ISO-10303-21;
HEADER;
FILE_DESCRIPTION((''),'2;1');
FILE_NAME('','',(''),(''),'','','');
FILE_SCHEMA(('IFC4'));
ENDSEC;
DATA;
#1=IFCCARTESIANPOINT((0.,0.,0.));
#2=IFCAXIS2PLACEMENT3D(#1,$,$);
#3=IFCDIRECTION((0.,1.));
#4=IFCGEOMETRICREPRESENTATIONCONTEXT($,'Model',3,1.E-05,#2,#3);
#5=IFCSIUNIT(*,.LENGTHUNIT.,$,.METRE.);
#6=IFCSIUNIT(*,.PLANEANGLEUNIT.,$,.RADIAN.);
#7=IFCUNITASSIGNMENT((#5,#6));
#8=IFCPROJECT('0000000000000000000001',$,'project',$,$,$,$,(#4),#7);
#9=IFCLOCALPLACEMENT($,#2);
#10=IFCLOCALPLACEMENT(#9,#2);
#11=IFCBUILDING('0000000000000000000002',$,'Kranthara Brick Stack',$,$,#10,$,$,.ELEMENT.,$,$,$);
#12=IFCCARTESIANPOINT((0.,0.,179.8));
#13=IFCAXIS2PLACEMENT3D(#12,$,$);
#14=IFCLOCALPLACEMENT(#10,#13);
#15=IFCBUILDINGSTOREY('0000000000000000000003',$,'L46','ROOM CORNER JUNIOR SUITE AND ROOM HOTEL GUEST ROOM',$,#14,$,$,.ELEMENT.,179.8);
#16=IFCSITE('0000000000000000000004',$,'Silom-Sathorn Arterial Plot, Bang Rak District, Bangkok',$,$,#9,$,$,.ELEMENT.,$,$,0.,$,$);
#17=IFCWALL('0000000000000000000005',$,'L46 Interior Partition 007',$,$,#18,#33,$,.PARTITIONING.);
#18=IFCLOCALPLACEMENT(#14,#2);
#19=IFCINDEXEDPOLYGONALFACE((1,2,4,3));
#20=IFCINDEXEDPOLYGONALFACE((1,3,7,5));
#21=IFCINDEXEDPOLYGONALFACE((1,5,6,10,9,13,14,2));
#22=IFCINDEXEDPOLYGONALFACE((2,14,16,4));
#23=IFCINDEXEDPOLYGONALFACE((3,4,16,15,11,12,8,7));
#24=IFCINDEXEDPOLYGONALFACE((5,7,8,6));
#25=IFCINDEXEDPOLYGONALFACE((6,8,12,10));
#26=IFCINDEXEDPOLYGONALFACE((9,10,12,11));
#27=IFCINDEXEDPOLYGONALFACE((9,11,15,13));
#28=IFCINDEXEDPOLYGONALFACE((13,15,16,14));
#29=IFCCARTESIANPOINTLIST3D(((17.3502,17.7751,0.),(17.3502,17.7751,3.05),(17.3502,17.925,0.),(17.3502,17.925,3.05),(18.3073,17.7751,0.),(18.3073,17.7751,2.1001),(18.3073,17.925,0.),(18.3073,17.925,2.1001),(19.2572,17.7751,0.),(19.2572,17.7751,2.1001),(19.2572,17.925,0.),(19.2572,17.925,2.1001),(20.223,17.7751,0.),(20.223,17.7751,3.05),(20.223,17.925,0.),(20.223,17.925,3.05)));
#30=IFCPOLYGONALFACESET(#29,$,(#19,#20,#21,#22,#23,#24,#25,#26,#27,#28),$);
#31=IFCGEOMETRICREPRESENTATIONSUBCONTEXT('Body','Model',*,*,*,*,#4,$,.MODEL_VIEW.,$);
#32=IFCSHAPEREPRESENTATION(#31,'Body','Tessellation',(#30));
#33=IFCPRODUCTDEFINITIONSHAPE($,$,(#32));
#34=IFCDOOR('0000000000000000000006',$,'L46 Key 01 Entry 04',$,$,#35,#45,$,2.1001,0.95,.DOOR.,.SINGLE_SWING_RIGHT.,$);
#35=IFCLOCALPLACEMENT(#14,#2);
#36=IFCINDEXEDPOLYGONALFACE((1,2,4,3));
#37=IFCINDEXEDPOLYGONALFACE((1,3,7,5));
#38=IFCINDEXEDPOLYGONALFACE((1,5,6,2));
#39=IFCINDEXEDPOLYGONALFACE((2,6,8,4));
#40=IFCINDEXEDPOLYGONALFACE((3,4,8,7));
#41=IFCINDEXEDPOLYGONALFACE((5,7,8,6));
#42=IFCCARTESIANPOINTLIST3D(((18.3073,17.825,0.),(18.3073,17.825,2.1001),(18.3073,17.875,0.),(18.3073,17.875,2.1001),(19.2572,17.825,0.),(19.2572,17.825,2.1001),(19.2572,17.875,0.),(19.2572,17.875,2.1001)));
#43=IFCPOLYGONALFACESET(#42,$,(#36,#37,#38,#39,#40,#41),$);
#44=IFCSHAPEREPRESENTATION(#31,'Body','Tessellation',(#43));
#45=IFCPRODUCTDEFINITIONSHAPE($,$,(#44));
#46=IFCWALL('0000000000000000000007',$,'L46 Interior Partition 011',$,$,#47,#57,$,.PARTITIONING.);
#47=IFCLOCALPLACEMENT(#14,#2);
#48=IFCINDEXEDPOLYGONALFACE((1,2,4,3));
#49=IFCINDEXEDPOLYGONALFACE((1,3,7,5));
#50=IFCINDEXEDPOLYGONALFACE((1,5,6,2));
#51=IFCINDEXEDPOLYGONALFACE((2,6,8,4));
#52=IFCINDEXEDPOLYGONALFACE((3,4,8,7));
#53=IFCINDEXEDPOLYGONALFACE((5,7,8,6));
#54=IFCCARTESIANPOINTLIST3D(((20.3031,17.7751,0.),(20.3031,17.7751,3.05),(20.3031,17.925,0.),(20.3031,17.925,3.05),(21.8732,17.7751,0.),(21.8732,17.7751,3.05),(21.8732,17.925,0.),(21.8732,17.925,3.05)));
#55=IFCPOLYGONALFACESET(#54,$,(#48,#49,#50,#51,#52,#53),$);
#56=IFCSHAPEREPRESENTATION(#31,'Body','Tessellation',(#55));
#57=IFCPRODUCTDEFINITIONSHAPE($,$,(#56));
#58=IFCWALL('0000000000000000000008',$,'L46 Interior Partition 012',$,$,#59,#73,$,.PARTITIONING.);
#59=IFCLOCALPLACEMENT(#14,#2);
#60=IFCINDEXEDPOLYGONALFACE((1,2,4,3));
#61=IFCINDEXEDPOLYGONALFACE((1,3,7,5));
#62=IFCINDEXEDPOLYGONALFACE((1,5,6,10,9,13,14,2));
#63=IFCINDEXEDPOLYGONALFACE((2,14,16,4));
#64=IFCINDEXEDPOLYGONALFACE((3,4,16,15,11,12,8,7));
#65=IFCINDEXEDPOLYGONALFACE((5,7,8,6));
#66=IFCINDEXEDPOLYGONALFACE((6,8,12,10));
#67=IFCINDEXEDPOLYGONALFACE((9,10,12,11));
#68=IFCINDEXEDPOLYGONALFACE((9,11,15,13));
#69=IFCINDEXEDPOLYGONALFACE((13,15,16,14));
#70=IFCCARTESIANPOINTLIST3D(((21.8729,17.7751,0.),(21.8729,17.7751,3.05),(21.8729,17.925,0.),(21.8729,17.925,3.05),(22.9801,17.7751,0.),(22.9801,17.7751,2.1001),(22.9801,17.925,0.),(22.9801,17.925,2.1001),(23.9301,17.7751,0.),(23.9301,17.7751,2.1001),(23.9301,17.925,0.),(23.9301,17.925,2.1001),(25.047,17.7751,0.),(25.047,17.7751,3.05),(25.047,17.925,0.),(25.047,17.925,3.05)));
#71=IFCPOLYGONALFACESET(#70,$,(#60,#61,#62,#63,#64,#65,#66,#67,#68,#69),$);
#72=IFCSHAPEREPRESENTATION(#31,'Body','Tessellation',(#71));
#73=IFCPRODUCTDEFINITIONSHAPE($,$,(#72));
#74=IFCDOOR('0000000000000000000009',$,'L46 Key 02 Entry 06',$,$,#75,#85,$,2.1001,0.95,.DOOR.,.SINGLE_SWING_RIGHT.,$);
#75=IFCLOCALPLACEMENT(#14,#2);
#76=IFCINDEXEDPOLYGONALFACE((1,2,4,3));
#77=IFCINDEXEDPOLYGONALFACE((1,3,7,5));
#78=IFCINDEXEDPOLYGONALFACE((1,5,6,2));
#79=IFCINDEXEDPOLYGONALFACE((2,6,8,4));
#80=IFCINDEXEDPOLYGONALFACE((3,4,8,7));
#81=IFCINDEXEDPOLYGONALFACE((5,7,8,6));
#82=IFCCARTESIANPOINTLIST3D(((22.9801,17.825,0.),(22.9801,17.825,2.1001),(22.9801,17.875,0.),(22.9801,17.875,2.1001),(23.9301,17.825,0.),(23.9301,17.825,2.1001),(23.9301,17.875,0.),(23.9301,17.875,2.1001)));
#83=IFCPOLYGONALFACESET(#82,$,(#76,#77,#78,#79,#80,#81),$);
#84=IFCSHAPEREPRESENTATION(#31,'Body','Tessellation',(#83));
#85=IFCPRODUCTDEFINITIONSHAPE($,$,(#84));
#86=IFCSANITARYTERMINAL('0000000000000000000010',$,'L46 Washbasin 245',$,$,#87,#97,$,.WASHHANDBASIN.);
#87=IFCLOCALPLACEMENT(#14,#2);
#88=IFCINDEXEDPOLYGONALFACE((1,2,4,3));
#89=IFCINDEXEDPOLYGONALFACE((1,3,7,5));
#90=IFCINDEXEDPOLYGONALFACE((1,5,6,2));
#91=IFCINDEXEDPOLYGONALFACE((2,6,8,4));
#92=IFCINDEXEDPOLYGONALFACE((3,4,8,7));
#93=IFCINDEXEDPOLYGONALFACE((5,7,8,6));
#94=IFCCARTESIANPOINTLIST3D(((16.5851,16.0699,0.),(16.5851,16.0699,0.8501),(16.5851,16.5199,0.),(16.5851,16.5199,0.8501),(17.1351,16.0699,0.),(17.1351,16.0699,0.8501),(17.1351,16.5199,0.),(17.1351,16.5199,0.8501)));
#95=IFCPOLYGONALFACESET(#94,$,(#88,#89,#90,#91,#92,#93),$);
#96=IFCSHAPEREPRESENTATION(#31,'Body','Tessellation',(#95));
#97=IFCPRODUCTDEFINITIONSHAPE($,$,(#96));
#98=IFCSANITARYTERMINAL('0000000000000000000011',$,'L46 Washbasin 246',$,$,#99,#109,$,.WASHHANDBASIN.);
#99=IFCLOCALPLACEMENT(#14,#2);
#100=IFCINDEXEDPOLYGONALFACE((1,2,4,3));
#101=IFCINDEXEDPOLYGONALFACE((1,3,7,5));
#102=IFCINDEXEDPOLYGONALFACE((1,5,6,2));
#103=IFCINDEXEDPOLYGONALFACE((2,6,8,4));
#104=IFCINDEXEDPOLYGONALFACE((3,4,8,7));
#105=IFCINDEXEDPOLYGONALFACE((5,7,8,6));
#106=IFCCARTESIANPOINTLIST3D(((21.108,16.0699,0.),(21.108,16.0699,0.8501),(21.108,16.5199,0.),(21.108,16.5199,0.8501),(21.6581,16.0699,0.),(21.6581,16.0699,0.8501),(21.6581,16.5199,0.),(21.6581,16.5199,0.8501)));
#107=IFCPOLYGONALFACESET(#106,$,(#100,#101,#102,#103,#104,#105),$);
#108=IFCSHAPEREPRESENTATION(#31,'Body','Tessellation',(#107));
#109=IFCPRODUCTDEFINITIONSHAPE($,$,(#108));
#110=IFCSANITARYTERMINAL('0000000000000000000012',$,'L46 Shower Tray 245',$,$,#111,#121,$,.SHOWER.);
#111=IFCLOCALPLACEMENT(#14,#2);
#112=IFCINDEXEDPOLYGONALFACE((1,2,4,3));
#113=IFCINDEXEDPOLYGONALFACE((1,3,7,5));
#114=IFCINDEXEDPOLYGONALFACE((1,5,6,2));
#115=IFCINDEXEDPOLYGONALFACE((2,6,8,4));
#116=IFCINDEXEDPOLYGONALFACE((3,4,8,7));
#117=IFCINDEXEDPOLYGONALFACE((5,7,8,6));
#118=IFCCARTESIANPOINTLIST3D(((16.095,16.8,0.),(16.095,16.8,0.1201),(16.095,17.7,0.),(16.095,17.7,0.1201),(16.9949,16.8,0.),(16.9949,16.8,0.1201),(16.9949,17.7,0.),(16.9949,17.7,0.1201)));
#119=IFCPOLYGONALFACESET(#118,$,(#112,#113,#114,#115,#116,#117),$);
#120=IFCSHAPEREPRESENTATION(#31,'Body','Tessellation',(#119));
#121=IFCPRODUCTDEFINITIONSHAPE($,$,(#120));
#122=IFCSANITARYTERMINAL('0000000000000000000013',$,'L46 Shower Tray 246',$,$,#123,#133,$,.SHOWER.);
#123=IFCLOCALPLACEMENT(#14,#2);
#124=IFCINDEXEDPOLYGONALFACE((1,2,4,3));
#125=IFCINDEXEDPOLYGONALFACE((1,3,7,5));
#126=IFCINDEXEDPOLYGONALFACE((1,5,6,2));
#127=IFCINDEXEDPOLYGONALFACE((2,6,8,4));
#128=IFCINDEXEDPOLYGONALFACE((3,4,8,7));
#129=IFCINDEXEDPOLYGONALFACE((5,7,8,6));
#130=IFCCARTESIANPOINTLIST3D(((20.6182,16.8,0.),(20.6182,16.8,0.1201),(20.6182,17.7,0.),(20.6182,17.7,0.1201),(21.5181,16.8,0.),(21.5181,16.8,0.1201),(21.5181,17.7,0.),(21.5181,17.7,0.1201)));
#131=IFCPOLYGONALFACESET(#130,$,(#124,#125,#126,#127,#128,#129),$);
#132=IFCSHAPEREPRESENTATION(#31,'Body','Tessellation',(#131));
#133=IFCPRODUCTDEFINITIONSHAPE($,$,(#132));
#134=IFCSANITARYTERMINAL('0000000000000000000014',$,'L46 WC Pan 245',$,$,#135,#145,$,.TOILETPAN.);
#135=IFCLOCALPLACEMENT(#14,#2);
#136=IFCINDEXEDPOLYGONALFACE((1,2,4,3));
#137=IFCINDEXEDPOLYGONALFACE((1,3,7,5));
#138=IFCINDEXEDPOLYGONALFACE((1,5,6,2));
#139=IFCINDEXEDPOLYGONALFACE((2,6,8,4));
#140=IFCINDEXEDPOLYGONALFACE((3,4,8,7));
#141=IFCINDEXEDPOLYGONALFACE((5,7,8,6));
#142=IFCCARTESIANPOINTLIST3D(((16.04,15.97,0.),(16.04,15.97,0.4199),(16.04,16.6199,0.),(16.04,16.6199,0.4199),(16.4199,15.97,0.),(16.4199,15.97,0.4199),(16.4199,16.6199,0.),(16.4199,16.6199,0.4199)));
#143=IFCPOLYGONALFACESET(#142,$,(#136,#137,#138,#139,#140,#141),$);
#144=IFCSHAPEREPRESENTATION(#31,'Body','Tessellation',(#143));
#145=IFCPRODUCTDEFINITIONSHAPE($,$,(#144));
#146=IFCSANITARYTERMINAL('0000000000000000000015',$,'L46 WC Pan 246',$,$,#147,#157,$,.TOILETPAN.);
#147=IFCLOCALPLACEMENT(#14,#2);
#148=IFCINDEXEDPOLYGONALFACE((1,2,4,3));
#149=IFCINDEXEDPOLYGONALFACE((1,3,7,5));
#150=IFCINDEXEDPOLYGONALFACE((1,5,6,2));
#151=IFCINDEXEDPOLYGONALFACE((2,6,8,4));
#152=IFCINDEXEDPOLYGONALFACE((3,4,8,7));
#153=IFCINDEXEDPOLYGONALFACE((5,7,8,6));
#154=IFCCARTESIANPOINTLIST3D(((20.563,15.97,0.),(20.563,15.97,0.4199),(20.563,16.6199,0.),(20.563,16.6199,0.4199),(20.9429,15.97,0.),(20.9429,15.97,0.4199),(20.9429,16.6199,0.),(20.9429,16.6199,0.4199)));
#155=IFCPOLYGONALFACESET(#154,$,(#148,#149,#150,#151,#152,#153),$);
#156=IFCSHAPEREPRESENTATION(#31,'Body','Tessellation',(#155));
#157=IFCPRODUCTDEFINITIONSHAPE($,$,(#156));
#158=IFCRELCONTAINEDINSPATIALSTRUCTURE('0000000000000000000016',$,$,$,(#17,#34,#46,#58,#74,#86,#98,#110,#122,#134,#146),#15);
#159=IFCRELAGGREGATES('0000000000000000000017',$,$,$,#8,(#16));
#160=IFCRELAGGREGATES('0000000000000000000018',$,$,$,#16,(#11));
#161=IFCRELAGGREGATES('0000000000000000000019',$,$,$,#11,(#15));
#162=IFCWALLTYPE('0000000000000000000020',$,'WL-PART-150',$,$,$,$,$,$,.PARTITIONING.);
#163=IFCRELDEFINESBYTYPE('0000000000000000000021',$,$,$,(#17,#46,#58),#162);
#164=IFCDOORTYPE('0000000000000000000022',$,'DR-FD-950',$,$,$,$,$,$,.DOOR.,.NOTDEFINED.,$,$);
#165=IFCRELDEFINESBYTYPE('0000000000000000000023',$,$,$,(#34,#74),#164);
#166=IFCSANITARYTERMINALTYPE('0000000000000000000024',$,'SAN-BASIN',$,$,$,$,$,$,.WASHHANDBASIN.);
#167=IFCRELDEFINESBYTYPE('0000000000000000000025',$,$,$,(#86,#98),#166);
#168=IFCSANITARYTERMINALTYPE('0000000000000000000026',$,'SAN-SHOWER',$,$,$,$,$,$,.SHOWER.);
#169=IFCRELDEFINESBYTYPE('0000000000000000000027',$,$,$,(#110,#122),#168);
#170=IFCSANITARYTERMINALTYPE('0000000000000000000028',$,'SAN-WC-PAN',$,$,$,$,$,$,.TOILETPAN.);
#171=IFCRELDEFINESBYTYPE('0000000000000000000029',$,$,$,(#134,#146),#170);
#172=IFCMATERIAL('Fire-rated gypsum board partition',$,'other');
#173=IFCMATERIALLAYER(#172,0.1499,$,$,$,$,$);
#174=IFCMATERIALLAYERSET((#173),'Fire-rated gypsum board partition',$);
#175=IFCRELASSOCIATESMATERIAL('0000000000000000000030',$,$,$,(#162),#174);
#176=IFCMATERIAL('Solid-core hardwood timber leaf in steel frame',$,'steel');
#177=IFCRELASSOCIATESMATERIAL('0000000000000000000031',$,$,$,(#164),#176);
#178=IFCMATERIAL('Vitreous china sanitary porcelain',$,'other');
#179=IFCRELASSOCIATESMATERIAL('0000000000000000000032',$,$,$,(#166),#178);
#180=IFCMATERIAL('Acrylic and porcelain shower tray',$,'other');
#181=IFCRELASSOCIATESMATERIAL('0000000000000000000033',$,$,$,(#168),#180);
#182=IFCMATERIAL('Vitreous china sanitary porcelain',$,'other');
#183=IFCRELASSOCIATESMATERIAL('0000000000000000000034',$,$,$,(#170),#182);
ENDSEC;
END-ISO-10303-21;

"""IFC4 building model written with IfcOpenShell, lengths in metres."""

from ifc_helpers import new_model, si_unit, direction, frame, frame_2d, origin, origin_2d, place, context, subcontext, project, spatial, rectangle, extrude, material, layer, layer_set, type_object, element, fill, save


model = new_model("IFC4")

# Units and contexts
model_context = context("Model", 3, precision=1e-05, world=origin(), true_north=direction((0.0, 1.0)))
body_context = subcontext(model_context, "Body", "Model", "MODEL_VIEW")
ifc_project = project(units=[si_unit("LENGTHUNIT", "METRE"), si_unit("PLANEANGLEUNIT", "RADIAN")], contexts=[model_context])

# Site, building, storey
site_placement = place(None, origin())
site = spatial("IfcSite", under=ifc_project, at=site_placement, Name="Silom-Sathorn Arterial Plot, Bang Rak District, Bangkok", CompositionType="ELEMENT", RefElevation=0.0)
building_placement = place(site_placement, origin())
building = spatial("IfcBuilding", under=site, at=building_placement, Name="Kranthara Brick Stack", CompositionType="ELEMENT")
storey_placement = place(building_placement, frame((0.0, 0.0, 179.8)))
storey = spatial("IfcBuildingStorey", under=building, at=storey_placement, Name="L46", Description="ROOM CORNER JUNIOR SUITE AND ROOM HOTEL GUEST ROOM", CompositionType="ELEMENT", Elevation=179.8)

# Shared definitions
ifc_material_1 = material(Name="Fire-rated gypsum board partition", Category="other")
ifc_layer_1 = layer(ifc_material_1, 0.1499)
ifc_layer_set_1 = layer_set([ifc_layer_1], Name="Fire-rated gypsum board partition")
wall_type_1 = type_object("IfcWallType", Name="WL-PART-150", PredefinedType="PARTITIONING", material=ifc_layer_set_1)

# Wall, opening, door
wall_1_placement = place(storey_placement, frame((17.3501, 17.8501, 0.0), z_axis=(0.0, 0.0, 1.0), x_axis=(1.0, 0.0, 0.0)))
wall_1 = element("IfcWall", 1, at=wall_1_placement, inside=storey, type_object=wall_type_1, Name="L46 Interior Partition 007", PredefinedType="PARTITIONING", context=body_context, shape_type="SweptSolid", body=[
    extrude(rectangle(XDim=2.8728, YDim=0.1499, at=frame_2d((1.4365, 0.0))), origin(), (0.0, 0.0, 1.0), 3.05),
])
opening_1_placement = place(wall_1_placement, frame((0.957, 0.0, 0.0)))
opening_1 = element("IfcOpeningElement", 2, at=opening_1_placement, cuts=wall_1, PredefinedType="OPENING", context=body_context, shape_type="SweptSolid", body=[
    extrude(rectangle(XDim=0.95, YDim=2.1001, at=frame_2d((0.4751, 1.05))), frame((0.0, 0.085, 0.0), z_axis=(0.0, -1.0, 0.0), x_axis=(1.0, 0.0, 0.0)), (0.0, 0.0, 1.0), 0.1699),
])
ifc_material_2 = material(Name="Solid-core hardwood timber leaf in steel frame", Category="steel")
door_type_1 = type_object("IfcDoorType", Name="DR-FD-950", OperationType="NOTDEFINED", PredefinedType="DOOR", material=ifc_material_2)
door_1_placement = place(opening_1_placement, origin())
door_1 = element("IfcDoor", 3, at=door_1_placement, inside=storey, type_object=door_type_1, Name="L46 Key 01 Entry 04", OperationType="SINGLE_SWING_RIGHT", OverallHeight=2.1001, OverallWidth=0.95, PredefinedType="DOOR", context=body_context, shape_type="SweptSolid", body=[
    extrude(rectangle(XDim=0.95, YDim=2.1001, at=frame_2d((0.4751, 1.05))), frame((0.0, 0.0249, 0.0), z_axis=(0.0, -1.0, 0.0), x_axis=(1.0, 0.0, 0.0)), (0.0, 0.0, 1.0), 0.05),
])
fill(opening_1, door_1)

# Wall
wall_2_placement = place(storey_placement, frame((20.303, 17.8501, 0.0), z_axis=(0.0, 0.0, 1.0), x_axis=(1.0, 0.0, 0.0)))
element("IfcWall", 4, at=wall_2_placement, inside=storey, type_object=wall_type_1, Name="L46 Interior Partition 011", PredefinedType="PARTITIONING", context=body_context, shape_type="SweptSolid", body=[
    extrude(rectangle(XDim=1.5701, YDim=0.1499, at=frame_2d((0.7852, 0.0))), origin(), (0.0, 0.0, 1.0), 3.05),
])

# Wall, opening, door
wall_3_placement = place(storey_placement, frame((21.873, 17.8501, 0.0), z_axis=(0.0, 0.0, 1.0), x_axis=(1.0, 0.0, 0.0)))
wall_3 = element("IfcWall", 5, at=wall_3_placement, inside=storey, type_object=wall_type_1, Name="L46 Interior Partition 012", PredefinedType="PARTITIONING", context=body_context, shape_type="SweptSolid", body=[
    extrude(rectangle(XDim=3.1741, YDim=0.1499, at=frame_2d((1.5869, 0.0))), origin(), (0.0, 0.0, 1.0), 3.05),
])
opening_2_placement = place(wall_3_placement, frame((1.1069, 0.0, 0.0)))
opening_2 = element("IfcOpeningElement", 6, at=opening_2_placement, cuts=wall_3, PredefinedType="OPENING", context=body_context, shape_type="SweptSolid", body=[
    extrude(rectangle(XDim=0.95, YDim=2.1001, at=frame_2d((0.4751, 1.05))), frame((0.0, 0.085, 0.0), z_axis=(0.0, -1.0, 0.0), x_axis=(1.0, 0.0, 0.0)), (0.0, 0.0, 1.0), 0.1699),
])
door_2_placement = place(opening_2_placement, origin())
door_2 = element("IfcDoor", 7, at=door_2_placement, inside=storey, type_object=door_type_1, Name="L46 Key 02 Entry 06", OperationType="SINGLE_SWING_RIGHT", OverallHeight=2.1001, OverallWidth=0.95, PredefinedType="DOOR", context=body_context, shape_type="SweptSolid", body=[
    extrude(rectangle(XDim=0.95, YDim=2.1001, at=frame_2d((0.4751, 1.05))), frame((0.0, 0.0249, 0.0), z_axis=(0.0, -1.0, 0.0), x_axis=(1.0, 0.0, 0.0)), (0.0, 0.0, 1.0), 0.05),
])
fill(opening_2, door_2)

# Sanitary terminals
ifc_material_3 = material(Name="Vitreous china sanitary porcelain", Category="other")
sanitary_terminal_type_1 = type_object("IfcSanitaryTerminalType", Name="SAN-BASIN", PredefinedType="WASHHANDBASIN", material=ifc_material_3)
for number, where, z_axis, x_axis, name in (
    (8, (16.8601, 16.2949, 0.0), (0.0, 0.0, 1.0), (1.0, 0.0, 0.0), "L46 Washbasin 245"),
    (9, (21.3831, 16.2949, 0.0), (0.0, 0.0, 1.0), (1.0, 0.0, 0.0), "L46 Washbasin 246"),
):
    element("IfcSanitaryTerminal", number, at=place(storey_placement, frame(where, z_axis=z_axis, x_axis=x_axis)), inside=storey, type_object=sanitary_terminal_type_1, Name=name, PredefinedType="WASHHANDBASIN", context=body_context, shape_type="SweptSolid", body=[
        extrude(rectangle(XDim=0.55, YDim=0.45, at=origin_2d()), origin(), (0.0, 0.0, 1.0), 0.8501),
    ])
ifc_material_4 = material(Name="Acrylic and porcelain shower tray", Category="other")
sanitary_terminal_type_2 = type_object("IfcSanitaryTerminalType", Name="SAN-SHOWER", PredefinedType="SHOWER", material=ifc_material_4)
for number, where, z_axis, x_axis, name in (
    (10, (16.5449, 17.25, 0.0), (0.0, 0.0, 1.0), (1.0, 0.0, 0.0), "L46 Shower Tray 245"),
    (11, (21.0681, 17.25, 0.0), (0.0, 0.0, 1.0), (1.0, 0.0, 0.0), "L46 Shower Tray 246"),
):
    element("IfcSanitaryTerminal", number, at=place(storey_placement, frame(where, z_axis=z_axis, x_axis=x_axis)), inside=storey, type_object=sanitary_terminal_type_2, Name=name, PredefinedType="SHOWER", context=body_context, shape_type="SweptSolid", body=[
        extrude(rectangle(XDim=0.8999, YDim=0.8999, at=origin_2d()), origin(), (0.0, 0.0, 1.0), 0.1201),
    ])
ifc_material_5 = material(Name="Vitreous china sanitary porcelain", Category="other")
sanitary_terminal_type_3 = type_object("IfcSanitaryTerminalType", Name="SAN-WC-PAN", PredefinedType="TOILETPAN", material=ifc_material_5)
for number, where, z_axis, x_axis, name in (
    (12, (16.23, 16.2949, 0.0), (0.0, 0.0, 1.0), (1.0, 0.0, 0.0), "L46 WC Pan 245"),
    (13, (20.7529, 16.2949, 0.0), (0.0, 0.0, 1.0), (1.0, 0.0, 0.0), "L46 WC Pan 246"),
):
    element("IfcSanitaryTerminal", number, at=place(storey_placement, frame(where, z_axis=z_axis, x_axis=x_axis)), inside=storey, type_object=sanitary_terminal_type_3, Name=name, PredefinedType="TOILETPAN", context=body_context, shape_type="SweptSolid", body=[
        extrude(rectangle(XDim=0.3799, YDim=0.6499, at=origin_2d()), origin(), (0.0, 0.0, 1.0), 0.4199),
    ])

save(model, "model.ifc")
